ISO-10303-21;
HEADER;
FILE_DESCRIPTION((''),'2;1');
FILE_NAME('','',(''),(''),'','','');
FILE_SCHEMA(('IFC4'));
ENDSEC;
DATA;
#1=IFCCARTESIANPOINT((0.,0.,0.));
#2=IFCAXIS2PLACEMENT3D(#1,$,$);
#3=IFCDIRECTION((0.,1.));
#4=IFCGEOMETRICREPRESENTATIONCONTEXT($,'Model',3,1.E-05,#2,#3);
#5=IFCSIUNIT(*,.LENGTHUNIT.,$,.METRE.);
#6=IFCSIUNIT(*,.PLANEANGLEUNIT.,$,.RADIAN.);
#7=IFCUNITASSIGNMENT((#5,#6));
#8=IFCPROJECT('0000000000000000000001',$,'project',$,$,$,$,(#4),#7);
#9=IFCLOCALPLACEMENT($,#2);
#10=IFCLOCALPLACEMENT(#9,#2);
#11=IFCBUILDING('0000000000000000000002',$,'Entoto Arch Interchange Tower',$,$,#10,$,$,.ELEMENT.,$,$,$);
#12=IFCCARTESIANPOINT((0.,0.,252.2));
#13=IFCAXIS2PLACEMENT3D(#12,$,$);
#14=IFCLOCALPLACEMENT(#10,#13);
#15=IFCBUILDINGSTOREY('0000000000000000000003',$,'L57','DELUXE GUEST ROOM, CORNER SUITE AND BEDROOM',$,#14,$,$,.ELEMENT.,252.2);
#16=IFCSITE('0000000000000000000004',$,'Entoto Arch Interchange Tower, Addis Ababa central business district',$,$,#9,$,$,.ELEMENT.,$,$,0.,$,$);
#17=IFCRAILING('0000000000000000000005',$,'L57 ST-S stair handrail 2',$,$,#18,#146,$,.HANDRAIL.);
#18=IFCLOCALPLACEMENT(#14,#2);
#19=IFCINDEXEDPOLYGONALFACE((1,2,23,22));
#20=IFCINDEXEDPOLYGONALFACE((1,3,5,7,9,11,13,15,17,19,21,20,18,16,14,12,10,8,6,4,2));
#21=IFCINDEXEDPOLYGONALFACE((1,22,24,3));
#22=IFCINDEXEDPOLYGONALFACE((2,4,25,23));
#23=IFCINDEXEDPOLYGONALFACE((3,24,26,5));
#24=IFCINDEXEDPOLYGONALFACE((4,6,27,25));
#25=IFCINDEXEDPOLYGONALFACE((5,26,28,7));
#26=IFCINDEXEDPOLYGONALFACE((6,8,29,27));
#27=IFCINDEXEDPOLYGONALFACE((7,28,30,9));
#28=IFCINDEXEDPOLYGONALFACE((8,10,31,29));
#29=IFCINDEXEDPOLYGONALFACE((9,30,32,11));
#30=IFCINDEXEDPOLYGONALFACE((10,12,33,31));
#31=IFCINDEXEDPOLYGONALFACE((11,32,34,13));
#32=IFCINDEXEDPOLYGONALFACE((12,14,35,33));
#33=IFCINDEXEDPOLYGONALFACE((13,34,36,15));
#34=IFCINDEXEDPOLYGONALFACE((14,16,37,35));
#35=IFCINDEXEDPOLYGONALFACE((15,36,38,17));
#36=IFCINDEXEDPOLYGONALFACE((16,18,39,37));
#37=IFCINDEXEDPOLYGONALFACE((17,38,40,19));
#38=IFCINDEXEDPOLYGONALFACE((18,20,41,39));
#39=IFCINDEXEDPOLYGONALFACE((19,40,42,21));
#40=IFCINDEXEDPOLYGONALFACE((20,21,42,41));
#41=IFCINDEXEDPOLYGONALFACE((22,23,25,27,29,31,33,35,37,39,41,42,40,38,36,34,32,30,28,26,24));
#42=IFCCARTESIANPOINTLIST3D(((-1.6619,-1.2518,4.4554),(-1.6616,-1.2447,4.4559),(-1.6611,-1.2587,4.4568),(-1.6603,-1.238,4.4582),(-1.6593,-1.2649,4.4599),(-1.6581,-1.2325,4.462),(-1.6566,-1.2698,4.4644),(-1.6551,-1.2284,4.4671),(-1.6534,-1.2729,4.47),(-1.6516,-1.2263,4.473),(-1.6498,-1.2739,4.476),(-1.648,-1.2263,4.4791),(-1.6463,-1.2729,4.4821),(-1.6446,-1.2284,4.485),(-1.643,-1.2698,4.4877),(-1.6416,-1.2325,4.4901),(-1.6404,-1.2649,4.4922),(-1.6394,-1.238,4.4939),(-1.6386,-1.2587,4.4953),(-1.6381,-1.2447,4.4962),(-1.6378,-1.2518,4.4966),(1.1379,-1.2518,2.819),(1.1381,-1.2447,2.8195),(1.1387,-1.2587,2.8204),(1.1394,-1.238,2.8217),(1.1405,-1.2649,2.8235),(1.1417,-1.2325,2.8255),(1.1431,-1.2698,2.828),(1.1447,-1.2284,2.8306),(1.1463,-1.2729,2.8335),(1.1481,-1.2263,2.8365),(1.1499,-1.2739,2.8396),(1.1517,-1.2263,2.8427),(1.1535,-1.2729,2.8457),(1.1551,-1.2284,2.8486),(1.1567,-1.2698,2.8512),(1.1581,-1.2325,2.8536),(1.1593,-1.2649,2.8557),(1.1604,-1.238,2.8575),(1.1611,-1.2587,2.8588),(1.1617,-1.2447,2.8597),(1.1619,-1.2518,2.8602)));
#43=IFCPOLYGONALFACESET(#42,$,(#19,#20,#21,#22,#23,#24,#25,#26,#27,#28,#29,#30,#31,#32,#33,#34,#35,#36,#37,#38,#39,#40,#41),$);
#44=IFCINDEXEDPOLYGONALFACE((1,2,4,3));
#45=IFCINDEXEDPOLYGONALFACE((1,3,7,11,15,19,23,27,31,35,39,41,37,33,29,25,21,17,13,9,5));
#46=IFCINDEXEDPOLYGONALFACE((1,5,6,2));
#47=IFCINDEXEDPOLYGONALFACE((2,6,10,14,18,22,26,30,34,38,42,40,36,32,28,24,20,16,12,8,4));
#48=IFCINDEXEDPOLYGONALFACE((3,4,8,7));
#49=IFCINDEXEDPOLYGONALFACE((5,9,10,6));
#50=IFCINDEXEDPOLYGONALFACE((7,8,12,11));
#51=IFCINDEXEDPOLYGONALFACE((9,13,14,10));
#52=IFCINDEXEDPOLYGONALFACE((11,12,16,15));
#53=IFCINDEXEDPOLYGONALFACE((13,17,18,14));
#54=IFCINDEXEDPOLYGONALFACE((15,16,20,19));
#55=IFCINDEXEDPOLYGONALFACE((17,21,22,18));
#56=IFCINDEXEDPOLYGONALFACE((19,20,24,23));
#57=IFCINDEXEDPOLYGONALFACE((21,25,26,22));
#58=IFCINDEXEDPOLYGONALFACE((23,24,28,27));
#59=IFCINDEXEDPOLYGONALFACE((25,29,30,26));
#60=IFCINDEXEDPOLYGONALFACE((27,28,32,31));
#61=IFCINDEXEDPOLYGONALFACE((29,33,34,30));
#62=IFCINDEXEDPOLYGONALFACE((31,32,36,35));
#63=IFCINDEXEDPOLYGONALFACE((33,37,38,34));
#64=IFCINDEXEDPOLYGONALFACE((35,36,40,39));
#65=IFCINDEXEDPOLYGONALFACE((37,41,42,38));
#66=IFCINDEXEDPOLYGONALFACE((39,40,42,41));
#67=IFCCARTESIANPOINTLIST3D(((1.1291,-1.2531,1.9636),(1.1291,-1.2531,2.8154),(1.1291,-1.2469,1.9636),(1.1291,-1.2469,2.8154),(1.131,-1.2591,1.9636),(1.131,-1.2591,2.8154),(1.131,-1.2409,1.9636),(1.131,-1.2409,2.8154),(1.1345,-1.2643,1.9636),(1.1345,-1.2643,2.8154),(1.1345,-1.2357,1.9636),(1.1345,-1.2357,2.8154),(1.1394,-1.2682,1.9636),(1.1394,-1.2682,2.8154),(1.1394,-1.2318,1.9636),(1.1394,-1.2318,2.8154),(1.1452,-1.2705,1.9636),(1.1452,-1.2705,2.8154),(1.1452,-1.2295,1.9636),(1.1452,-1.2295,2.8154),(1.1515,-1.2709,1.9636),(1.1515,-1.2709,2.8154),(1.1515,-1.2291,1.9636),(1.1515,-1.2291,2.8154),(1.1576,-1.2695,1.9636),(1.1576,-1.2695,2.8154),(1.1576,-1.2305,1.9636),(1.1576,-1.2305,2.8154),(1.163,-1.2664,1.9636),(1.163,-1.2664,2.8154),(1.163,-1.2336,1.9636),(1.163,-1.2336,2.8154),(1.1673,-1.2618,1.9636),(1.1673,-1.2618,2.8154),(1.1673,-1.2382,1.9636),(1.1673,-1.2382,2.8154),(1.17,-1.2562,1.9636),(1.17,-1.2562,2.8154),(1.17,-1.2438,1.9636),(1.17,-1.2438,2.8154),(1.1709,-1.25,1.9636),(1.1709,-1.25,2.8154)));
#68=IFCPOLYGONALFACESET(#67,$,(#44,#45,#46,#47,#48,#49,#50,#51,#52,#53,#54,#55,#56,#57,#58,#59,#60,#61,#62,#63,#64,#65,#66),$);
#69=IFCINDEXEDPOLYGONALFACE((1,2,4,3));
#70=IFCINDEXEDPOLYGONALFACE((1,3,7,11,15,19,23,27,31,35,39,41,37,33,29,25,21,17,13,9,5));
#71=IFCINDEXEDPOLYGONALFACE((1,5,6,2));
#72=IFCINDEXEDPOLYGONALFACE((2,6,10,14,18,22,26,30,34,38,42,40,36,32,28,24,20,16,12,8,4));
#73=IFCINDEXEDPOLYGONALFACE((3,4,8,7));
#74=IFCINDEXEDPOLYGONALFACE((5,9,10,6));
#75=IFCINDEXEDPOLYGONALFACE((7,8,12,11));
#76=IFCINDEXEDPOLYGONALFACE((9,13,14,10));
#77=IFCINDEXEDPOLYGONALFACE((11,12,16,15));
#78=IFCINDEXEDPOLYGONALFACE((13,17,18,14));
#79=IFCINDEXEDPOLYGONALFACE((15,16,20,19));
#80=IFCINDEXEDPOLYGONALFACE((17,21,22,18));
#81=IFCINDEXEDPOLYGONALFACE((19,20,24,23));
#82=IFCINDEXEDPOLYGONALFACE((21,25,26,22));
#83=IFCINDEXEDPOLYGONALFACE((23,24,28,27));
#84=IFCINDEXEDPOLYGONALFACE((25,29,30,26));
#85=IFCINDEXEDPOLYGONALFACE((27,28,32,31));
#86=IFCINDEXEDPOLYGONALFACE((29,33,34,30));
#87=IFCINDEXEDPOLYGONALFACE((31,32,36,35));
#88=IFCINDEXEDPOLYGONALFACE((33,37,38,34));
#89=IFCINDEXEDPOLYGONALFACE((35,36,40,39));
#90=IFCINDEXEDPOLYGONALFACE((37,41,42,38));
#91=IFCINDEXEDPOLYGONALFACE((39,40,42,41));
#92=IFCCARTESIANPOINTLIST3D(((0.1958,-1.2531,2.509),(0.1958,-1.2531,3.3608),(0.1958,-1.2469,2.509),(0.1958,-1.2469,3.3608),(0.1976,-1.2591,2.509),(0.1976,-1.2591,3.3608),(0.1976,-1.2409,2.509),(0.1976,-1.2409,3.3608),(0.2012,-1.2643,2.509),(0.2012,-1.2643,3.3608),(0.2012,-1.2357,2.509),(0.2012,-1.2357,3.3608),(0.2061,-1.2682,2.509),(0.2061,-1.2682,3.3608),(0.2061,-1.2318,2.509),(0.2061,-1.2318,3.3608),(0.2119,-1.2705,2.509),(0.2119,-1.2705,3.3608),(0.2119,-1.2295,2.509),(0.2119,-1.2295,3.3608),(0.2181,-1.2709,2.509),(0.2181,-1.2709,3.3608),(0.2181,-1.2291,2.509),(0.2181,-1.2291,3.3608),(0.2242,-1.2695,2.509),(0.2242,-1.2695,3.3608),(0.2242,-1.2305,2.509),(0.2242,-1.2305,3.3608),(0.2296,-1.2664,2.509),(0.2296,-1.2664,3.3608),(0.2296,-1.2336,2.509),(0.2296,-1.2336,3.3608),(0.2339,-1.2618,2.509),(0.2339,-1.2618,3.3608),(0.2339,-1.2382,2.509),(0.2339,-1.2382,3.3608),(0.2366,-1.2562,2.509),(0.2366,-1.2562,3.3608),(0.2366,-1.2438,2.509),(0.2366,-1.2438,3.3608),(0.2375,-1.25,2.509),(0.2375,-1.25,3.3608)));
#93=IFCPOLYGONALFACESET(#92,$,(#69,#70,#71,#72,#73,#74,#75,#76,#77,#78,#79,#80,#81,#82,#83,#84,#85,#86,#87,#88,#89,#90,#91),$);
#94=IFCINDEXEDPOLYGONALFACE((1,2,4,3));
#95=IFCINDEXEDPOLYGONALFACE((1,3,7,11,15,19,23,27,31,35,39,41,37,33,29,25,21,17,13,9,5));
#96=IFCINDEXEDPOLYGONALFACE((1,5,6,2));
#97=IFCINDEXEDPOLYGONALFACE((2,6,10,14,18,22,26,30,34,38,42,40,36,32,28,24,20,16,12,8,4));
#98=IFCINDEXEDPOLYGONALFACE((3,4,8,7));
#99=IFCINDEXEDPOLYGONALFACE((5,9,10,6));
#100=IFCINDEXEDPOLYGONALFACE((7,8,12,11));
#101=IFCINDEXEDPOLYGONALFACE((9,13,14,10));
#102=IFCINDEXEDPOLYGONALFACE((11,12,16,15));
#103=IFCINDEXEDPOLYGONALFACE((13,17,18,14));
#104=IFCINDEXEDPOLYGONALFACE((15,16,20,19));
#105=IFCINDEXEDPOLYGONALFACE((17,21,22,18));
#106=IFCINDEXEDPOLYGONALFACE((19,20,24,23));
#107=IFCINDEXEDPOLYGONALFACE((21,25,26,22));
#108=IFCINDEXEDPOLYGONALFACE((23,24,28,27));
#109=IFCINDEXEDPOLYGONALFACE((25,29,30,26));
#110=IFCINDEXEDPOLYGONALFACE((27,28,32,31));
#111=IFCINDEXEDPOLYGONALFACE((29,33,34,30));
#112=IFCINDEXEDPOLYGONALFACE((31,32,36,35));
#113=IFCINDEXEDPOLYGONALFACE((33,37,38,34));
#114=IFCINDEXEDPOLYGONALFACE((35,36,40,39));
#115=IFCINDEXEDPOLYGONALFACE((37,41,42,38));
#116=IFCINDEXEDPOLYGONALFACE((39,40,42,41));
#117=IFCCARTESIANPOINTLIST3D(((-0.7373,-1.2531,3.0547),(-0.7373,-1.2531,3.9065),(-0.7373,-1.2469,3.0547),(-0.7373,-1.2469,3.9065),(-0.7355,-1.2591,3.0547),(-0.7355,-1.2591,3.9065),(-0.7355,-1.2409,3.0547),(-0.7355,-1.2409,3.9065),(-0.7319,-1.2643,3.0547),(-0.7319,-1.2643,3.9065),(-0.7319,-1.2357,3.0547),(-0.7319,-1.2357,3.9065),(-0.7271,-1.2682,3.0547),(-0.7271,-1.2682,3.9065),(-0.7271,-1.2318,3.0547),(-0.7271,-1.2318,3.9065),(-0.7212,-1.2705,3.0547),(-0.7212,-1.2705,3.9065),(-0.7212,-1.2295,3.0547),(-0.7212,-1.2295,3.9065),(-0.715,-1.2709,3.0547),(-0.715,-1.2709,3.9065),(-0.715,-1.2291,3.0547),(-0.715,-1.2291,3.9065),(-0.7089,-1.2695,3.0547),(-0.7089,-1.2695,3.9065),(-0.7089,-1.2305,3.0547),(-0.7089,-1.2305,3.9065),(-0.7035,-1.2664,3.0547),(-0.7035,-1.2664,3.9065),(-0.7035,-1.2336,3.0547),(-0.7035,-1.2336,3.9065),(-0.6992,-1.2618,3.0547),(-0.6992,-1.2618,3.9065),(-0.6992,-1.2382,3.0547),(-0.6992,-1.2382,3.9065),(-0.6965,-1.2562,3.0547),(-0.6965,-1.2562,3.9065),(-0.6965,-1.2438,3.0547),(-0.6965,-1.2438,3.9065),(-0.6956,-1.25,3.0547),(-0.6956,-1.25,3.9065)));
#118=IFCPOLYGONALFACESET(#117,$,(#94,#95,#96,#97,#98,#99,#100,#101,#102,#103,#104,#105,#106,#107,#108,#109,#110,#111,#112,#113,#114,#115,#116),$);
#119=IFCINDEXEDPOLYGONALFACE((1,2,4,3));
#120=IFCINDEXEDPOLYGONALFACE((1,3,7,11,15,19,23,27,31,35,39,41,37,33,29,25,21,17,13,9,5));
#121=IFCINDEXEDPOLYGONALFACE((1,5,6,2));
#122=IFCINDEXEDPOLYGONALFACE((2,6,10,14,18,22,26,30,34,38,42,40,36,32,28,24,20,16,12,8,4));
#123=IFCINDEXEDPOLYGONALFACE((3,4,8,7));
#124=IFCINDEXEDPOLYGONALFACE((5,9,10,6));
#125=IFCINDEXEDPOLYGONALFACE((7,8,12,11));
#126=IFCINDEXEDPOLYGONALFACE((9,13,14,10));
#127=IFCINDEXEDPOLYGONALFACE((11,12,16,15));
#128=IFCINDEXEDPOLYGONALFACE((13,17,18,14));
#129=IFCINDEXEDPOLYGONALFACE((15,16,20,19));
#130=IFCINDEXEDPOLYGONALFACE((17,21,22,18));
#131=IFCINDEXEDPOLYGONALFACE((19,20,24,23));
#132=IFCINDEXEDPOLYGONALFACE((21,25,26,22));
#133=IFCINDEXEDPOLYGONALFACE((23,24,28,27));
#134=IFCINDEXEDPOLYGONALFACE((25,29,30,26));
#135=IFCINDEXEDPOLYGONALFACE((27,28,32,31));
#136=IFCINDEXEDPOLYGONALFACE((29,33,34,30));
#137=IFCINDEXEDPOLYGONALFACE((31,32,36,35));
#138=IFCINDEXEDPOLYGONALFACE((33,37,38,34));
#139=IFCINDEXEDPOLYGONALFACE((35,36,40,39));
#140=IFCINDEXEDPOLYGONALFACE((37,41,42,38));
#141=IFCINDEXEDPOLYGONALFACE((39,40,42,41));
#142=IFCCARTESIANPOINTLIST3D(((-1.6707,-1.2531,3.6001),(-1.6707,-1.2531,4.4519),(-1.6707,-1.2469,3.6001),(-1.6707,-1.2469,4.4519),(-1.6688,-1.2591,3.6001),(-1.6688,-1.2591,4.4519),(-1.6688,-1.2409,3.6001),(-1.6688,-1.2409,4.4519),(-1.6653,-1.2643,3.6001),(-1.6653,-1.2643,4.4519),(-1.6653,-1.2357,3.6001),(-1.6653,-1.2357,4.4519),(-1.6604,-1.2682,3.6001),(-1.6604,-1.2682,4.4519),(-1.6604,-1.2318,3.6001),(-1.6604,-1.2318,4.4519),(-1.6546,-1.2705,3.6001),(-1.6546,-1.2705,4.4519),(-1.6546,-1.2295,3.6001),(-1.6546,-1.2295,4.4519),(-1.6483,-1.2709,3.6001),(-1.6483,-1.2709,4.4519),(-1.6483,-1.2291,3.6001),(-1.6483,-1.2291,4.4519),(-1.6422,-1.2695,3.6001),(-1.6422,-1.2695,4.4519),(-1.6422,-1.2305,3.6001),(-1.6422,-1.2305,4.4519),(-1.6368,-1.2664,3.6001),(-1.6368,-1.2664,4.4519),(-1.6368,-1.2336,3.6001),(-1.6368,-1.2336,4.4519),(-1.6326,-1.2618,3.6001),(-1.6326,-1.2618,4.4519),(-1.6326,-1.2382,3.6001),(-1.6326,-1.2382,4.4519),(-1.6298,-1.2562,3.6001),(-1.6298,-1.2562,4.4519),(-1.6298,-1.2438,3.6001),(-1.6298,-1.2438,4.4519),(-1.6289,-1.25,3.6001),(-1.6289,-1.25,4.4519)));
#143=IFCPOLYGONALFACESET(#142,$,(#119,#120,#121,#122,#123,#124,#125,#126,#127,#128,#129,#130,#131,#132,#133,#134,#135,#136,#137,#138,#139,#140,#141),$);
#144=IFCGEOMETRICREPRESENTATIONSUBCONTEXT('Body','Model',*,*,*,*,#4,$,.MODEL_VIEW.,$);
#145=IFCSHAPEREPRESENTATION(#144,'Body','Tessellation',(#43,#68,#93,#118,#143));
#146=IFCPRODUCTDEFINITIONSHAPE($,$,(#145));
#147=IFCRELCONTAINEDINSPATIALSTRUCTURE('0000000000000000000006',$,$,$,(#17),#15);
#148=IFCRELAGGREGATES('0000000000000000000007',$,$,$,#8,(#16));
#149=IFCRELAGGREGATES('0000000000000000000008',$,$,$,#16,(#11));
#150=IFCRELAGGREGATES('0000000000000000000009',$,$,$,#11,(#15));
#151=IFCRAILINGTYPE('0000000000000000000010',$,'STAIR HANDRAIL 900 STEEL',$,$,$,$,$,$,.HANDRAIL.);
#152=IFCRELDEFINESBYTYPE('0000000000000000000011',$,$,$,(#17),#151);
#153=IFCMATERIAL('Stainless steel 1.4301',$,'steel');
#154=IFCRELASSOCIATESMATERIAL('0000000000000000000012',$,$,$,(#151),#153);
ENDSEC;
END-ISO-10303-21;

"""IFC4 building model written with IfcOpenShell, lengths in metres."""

from ifc_helpers import new_model, si_unit, direction, frame, origin, origin_2d, place, context, subcontext, project, spatial, circle, extrude, material, type_object, element, save


model = new_model("IFC4")

# Units and contexts
model_context = context("Model", 3, precision=1e-05, world=origin(), true_north=direction((0.0, 1.0)))
body_context = subcontext(model_context, "Body", "Model", "MODEL_VIEW")
ifc_project = project(units=[si_unit("LENGTHUNIT", "METRE"), si_unit("PLANEANGLEUNIT", "RADIAN")], contexts=[model_context])

# Site, building, storey
site_placement = place(None, origin())
site = spatial("IfcSite", under=ifc_project, at=site_placement, Name="Entoto Arch Interchange Tower, Addis Ababa central business district", CompositionType="ELEMENT", RefElevation=0.0)
building_placement = place(site_placement, origin())
building = spatial("IfcBuilding", under=site, at=building_placement, Name="Entoto Arch Interchange Tower", CompositionType="ELEMENT")
storey_placement = place(building_placement, frame((0.0, 0.0, 252.2)))
storey = spatial("IfcBuildingStorey", under=building, at=storey_placement, Name="L57", Description="DELUXE GUEST ROOM, CORNER SUITE AND BEDROOM", CompositionType="ELEMENT", Elevation=252.2)

# Railing
ifc_material_1 = material(Name="Stainless steel 1.4301", Category="steel")
railing_type_1 = type_object("IfcRailingType", Name="STAIR HANDRAIL 900 STEEL", PredefinedType="HANDRAIL", material=ifc_material_1)
railing_1_placement = place(storey_placement, frame((1.1499, -1.25, 1.9636)))
element("IfcRailing", 1, at=railing_1_placement, inside=storey, type_object=railing_type_1, Name="L57 ST-S stair handrail 2", PredefinedType="HANDRAIL", context=body_context, shape_type="SweptSolid", body=[
    extrude(circle(Radius=0.0239, at=origin_2d()), frame((0.0, 0.0, 0.876), z_axis=(-0.863342, 0.0, 0.50462), x_axis=(0.0, -1.0, 0.0)), (0.0, 0.0, 1.0), 3.2429),
    extrude(circle(Radius=0.021, at=origin_2d()), origin(), (0.0, 0.0, 1.0), 0.8518),
    extrude(circle(Radius=0.021, at=origin_2d()), frame((-0.9333, 0.0, 0.5454)), (0.0, 0.0, 1.0), 0.8518),
    extrude(circle(Radius=0.021, at=origin_2d()), frame((-1.8665, 0.0, 1.0911)), (0.0, 0.0, 1.0), 0.8518),
    extrude(circle(Radius=0.021, at=origin_2d()), frame((-2.7998, 0.0, 1.6365)), (0.0, 0.0, 1.0), 0.8518),
])

save(model, "model.ifc")
